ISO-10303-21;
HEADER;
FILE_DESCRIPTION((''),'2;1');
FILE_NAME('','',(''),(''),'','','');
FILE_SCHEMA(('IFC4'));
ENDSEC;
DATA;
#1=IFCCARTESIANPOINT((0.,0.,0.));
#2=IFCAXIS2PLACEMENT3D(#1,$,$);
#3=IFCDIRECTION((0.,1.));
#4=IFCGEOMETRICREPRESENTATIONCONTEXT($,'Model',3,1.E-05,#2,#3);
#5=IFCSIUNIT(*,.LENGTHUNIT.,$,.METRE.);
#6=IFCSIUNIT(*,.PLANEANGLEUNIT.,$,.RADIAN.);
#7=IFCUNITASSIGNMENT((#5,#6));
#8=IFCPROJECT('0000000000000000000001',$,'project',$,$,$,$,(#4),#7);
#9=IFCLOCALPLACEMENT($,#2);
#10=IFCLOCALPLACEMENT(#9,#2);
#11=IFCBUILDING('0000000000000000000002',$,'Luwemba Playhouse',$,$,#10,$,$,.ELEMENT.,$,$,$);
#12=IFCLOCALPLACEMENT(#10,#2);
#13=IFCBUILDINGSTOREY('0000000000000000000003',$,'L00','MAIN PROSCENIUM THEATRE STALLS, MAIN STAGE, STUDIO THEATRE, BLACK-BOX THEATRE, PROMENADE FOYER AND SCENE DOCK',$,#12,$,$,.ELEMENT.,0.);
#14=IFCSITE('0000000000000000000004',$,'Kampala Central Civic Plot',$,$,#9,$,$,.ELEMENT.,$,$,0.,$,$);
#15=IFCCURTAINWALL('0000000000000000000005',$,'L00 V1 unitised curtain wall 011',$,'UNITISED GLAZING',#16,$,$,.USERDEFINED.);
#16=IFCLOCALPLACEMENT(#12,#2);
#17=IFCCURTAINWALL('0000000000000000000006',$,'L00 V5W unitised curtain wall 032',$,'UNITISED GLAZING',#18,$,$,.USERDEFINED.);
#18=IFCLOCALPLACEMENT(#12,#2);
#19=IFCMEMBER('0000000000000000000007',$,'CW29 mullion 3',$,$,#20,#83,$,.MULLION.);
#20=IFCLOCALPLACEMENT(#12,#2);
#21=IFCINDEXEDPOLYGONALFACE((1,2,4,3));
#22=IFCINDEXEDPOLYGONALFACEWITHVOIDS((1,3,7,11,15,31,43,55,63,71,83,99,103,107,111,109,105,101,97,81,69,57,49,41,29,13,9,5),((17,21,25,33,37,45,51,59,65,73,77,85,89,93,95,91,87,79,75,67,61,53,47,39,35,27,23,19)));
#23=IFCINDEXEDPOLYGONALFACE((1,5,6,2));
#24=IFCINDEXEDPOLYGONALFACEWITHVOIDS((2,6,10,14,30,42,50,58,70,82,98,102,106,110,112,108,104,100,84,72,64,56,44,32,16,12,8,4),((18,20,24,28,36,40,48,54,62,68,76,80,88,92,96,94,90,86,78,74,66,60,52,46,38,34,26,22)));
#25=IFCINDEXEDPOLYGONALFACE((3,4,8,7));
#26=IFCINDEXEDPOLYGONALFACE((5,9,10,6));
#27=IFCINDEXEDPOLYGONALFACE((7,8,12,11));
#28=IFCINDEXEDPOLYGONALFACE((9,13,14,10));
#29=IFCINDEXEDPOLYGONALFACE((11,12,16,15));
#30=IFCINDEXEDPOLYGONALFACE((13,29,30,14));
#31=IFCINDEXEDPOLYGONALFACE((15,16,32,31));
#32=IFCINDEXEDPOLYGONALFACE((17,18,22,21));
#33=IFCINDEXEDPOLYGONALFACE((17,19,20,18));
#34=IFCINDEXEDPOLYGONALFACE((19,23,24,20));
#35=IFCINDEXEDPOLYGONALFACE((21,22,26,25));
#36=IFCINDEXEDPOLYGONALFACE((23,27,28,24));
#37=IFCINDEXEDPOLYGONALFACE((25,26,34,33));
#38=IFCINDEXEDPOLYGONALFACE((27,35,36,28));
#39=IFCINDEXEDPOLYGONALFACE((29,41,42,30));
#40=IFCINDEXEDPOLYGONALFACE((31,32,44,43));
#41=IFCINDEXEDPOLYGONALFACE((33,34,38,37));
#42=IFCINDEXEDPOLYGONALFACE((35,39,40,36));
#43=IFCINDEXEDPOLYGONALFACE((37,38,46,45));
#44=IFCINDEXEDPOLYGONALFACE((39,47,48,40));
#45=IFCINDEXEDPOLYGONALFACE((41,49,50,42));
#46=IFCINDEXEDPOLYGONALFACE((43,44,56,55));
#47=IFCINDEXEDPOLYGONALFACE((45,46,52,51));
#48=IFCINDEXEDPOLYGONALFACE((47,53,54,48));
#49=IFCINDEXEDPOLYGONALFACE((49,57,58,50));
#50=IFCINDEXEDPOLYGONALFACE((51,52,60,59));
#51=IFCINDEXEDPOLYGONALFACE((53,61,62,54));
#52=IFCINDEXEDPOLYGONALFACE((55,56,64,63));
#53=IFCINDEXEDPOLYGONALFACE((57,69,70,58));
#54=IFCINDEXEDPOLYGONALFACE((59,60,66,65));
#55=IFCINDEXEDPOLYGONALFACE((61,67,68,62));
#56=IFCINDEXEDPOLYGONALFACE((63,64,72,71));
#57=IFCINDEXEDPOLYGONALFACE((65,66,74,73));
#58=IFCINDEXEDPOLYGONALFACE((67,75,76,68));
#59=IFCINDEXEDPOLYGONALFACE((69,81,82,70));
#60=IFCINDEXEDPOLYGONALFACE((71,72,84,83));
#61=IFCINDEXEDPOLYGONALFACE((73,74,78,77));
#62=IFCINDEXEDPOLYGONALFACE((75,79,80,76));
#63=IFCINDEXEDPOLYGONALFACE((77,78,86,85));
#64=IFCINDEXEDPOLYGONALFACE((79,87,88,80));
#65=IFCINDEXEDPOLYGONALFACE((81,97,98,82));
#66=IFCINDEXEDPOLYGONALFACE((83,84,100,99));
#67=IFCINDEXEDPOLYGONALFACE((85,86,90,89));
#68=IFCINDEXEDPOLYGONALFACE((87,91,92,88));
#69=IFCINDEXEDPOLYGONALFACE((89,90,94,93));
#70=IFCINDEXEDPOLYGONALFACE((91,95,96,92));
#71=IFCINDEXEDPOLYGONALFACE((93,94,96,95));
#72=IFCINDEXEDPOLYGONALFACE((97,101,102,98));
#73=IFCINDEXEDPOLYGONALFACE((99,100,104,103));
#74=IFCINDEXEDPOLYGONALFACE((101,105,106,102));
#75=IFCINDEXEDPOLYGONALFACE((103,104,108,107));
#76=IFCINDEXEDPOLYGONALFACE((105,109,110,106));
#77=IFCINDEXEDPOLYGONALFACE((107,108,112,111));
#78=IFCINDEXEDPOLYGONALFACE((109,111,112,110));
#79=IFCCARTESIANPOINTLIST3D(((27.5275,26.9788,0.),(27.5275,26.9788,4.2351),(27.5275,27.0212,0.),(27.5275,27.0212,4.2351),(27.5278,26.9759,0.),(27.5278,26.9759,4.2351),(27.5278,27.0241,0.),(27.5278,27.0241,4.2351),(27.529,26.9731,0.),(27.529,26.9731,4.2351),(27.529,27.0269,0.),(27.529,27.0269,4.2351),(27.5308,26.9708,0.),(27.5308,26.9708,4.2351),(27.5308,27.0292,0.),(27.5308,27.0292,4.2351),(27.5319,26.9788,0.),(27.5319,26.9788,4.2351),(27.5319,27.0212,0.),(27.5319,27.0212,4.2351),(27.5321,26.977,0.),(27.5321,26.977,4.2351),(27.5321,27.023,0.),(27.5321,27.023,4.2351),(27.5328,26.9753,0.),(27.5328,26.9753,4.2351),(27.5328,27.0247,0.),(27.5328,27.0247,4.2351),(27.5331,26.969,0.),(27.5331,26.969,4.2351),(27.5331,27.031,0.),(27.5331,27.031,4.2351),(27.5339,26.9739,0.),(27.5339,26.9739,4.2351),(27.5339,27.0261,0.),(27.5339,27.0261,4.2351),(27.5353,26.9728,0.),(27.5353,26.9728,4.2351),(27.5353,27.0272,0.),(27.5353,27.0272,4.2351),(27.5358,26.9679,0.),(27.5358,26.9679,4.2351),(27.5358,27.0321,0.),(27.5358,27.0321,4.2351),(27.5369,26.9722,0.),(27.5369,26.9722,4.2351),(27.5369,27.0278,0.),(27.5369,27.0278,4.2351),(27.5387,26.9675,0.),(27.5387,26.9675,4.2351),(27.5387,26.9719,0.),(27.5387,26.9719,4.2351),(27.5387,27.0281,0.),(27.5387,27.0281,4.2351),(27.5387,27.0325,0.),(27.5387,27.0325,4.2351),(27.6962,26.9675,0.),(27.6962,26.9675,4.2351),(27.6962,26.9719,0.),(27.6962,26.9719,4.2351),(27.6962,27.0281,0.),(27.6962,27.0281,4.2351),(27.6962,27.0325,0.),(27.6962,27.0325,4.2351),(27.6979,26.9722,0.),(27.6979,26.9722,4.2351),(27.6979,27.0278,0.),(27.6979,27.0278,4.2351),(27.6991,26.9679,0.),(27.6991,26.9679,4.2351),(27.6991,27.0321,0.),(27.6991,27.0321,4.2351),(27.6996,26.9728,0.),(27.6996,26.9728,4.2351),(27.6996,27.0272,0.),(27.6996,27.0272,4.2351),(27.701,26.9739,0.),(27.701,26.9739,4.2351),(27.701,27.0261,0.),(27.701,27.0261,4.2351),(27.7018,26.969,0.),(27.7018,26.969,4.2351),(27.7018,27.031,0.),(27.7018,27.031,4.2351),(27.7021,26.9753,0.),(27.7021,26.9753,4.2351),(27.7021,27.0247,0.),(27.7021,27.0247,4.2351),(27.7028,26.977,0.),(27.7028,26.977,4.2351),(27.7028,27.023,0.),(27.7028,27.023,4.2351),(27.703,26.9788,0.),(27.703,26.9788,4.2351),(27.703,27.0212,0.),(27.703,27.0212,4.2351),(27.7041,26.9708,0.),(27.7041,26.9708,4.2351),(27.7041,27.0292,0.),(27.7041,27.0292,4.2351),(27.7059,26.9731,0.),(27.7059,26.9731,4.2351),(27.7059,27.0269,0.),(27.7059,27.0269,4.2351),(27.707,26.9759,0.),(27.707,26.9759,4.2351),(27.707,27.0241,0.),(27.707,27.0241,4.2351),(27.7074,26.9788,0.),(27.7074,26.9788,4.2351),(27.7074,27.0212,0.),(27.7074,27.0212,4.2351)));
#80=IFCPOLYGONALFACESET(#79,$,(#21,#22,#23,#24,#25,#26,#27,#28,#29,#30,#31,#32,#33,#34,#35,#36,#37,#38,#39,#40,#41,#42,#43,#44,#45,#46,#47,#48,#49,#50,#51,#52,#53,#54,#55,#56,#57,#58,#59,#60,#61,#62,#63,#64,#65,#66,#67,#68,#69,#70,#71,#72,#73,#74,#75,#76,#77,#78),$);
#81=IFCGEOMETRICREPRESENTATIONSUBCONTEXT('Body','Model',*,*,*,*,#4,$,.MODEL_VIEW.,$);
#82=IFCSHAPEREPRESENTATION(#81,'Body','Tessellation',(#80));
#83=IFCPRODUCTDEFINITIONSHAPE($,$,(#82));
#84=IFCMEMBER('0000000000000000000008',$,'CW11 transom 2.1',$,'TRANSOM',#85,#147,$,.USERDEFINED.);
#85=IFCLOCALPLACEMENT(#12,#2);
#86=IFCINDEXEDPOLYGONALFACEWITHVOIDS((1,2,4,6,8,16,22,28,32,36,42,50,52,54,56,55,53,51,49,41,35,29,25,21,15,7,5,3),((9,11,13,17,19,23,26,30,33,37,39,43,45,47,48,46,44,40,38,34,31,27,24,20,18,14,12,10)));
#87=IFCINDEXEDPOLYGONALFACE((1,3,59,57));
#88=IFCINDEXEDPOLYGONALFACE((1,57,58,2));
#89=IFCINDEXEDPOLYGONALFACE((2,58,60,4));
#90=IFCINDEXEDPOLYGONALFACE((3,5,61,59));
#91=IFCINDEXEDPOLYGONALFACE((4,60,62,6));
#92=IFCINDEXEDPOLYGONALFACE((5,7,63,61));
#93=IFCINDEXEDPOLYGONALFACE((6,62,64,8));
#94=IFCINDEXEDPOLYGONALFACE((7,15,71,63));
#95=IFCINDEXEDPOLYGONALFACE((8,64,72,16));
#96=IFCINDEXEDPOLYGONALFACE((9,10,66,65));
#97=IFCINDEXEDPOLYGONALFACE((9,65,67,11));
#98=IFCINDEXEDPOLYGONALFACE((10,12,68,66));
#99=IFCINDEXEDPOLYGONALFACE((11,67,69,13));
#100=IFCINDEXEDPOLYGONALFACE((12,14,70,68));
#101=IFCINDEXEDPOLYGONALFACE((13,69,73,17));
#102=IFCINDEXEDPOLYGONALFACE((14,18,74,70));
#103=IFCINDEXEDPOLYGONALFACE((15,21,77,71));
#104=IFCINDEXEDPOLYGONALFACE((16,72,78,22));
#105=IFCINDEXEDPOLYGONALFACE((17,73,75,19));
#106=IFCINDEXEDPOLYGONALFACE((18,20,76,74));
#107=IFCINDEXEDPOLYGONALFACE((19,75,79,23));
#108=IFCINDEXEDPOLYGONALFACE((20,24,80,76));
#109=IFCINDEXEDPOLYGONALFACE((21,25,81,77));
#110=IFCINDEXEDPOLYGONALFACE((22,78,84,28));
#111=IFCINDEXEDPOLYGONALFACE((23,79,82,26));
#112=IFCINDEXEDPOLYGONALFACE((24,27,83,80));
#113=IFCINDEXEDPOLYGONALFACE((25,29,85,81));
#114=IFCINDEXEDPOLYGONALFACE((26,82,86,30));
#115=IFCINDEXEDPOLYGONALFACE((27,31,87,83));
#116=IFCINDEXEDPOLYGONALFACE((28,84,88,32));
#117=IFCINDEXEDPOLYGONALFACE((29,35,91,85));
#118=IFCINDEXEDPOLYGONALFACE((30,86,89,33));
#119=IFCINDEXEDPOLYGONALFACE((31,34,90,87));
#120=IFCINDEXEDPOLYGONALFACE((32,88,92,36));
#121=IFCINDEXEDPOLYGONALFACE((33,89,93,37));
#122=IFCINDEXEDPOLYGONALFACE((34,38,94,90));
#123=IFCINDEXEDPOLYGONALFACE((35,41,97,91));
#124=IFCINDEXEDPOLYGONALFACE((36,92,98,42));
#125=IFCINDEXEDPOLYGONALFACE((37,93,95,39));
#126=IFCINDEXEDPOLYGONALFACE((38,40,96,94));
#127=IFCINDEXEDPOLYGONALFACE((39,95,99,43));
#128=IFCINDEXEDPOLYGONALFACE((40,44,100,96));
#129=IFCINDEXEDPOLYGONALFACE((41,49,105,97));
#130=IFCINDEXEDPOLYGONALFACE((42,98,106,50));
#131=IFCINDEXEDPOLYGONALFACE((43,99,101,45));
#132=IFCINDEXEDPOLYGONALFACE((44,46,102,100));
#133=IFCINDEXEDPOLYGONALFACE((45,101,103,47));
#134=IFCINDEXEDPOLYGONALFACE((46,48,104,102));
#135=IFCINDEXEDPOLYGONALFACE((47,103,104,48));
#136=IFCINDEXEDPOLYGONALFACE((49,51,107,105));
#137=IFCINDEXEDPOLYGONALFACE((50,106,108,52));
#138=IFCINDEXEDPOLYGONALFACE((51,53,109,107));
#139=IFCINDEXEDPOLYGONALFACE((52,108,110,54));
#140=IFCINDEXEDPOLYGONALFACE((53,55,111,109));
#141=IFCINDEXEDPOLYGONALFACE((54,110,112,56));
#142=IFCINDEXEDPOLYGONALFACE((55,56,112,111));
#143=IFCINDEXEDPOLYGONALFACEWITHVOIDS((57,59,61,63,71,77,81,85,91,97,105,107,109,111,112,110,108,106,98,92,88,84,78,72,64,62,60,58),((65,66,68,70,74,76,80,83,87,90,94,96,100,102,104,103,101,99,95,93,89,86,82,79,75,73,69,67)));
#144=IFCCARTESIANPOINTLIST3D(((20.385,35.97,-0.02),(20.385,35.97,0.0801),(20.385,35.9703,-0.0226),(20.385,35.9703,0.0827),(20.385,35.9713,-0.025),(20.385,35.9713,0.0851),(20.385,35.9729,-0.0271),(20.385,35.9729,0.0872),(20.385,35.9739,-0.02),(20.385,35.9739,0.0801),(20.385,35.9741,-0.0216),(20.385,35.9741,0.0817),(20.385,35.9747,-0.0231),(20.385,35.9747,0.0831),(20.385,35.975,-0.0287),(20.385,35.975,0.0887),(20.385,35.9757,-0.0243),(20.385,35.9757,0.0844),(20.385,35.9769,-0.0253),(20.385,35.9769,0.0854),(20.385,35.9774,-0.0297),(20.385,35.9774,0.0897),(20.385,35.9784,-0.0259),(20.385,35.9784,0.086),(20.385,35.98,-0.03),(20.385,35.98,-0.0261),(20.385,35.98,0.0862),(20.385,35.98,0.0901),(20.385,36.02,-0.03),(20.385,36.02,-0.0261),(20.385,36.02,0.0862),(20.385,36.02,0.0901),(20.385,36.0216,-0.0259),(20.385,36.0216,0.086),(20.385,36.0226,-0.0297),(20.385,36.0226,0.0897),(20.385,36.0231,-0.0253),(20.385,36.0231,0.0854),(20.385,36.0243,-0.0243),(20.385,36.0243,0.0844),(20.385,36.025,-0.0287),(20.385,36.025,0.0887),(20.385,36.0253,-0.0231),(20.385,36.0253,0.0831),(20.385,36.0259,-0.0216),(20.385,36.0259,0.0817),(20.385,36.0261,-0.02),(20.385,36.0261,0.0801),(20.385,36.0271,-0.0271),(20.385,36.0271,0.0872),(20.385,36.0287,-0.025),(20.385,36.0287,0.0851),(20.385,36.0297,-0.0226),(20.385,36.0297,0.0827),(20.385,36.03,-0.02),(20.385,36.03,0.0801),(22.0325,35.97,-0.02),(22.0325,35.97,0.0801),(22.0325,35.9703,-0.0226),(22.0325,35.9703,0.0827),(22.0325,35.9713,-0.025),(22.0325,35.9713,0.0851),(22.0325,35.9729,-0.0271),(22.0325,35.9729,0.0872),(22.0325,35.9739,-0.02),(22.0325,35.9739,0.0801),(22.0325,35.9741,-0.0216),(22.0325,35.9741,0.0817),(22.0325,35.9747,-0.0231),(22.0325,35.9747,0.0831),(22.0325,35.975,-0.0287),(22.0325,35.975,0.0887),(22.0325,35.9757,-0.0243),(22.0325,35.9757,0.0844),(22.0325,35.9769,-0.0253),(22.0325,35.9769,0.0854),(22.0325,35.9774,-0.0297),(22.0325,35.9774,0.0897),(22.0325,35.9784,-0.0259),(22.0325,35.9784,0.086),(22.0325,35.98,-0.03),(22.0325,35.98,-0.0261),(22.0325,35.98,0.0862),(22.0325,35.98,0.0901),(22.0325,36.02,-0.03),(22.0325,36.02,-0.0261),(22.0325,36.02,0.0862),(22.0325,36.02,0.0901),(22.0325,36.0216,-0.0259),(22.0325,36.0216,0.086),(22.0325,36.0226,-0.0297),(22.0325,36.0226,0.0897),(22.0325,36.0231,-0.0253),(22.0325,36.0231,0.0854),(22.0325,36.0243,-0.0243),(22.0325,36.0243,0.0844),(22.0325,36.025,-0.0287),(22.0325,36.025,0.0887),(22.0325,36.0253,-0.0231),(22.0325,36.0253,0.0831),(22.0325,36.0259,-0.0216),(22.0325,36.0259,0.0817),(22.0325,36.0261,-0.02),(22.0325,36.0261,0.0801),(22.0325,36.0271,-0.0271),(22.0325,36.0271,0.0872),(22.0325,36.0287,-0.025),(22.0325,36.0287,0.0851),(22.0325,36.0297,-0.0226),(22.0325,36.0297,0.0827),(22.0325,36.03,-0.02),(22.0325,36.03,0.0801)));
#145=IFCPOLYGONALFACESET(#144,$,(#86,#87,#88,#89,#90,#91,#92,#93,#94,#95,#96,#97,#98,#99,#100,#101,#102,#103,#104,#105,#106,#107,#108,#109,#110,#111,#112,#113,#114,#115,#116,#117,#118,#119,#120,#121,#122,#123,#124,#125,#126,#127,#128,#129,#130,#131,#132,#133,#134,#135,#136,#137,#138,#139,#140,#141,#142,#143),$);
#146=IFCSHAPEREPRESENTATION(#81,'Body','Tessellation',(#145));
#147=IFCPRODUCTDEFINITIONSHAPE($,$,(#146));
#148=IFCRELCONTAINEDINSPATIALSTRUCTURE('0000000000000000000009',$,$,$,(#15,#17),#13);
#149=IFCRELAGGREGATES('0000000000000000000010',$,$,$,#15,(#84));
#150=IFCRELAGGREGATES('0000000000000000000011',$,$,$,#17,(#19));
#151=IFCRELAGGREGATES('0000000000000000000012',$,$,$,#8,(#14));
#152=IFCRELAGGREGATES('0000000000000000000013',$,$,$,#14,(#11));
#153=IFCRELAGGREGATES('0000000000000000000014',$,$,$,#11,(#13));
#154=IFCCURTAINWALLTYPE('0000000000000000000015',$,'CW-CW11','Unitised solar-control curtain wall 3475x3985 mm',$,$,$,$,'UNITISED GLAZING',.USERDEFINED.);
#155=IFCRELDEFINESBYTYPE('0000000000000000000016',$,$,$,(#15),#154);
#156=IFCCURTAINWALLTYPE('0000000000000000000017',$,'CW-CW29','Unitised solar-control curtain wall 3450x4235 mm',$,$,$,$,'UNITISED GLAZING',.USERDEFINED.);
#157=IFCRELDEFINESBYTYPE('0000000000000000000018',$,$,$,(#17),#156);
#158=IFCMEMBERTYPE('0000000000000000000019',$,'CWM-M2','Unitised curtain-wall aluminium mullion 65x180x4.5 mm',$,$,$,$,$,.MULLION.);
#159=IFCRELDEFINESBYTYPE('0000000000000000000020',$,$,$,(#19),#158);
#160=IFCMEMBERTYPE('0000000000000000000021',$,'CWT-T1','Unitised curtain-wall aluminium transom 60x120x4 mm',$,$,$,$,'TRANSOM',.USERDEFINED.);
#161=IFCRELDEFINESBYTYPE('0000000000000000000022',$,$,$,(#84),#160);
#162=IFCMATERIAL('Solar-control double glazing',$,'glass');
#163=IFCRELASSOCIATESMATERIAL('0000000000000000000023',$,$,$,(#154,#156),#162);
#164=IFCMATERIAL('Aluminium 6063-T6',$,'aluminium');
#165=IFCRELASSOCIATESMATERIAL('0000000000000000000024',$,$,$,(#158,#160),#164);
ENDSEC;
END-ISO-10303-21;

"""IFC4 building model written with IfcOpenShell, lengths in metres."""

from ifc_helpers import new_model, si_unit, direction, frame, origin, origin_2d, place, context, subcontext, project, spatial, hollow_rectangle, extrude, material, material_profile, profile_set, type_object, element, aggregate, save


model = new_model("IFC4")

# Units and contexts
model_context = context("Model", 3, precision=1e-05, world=origin(), true_north=direction((0.0, 1.0)))
body_context = subcontext(model_context, "Body", "Model", "MODEL_VIEW")
ifc_project = project(units=[si_unit("LENGTHUNIT", "METRE"), si_unit("PLANEANGLEUNIT", "RADIAN")], contexts=[model_context])

# Site, building, storey
site_placement = place(None, origin())
site = spatial("IfcSite", under=ifc_project, at=site_placement, Name="Kampala Central Civic Plot", CompositionType="ELEMENT", RefElevation=0.0)
building_placement = place(site_placement, origin())
building = spatial("IfcBuilding", under=site, at=building_placement, Name="Luwemba Playhouse", CompositionType="ELEMENT")
storey_placement = place(building_placement, origin())
storey = spatial("IfcBuildingStorey", under=building, at=storey_placement, Name="L00", Description="MAIN PROSCENIUM THEATRE STALLS, MAIN STAGE, STUDIO THEATRE, BLACK-BOX THEATRE, PROMENADE FOYER AND SCENE DOCK", CompositionType="ELEMENT", Elevation=0.0)

# Curtain wall
ifc_material_1 = material(Name="Solar-control double glazing", Category="glass")
curtain_wall_type_1 = type_object("IfcCurtainWallType", Name="CW-CW11", Description="Unitised solar-control curtain wall 3475x3985 mm", ElementType="UNITISED GLAZING", PredefinedType="USERDEFINED", material=ifc_material_1)
curtain_wall_1_placement = place(storey_placement, origin())
curtain_wall_1 = element("IfcCurtainWall", 1, at=curtain_wall_1_placement, inside=storey, type_object=curtain_wall_type_1, Name="L00 V1 unitised curtain wall 011", ObjectType="UNITISED GLAZING", PredefinedType="USERDEFINED")
ifc_material_2 = material(Name="Aluminium 6063-T6", Category="aluminium")

# Curtain wall, member
curtain_wall_type_2 = type_object("IfcCurtainWallType", Name="CW-CW29", Description="Unitised solar-control curtain wall 3450x4235 mm", ElementType="UNITISED GLAZING", PredefinedType="USERDEFINED", material=ifc_material_1)
curtain_wall_2_placement = place(storey_placement, origin())
curtain_wall_2 = element("IfcCurtainWall", 2, at=curtain_wall_2_placement, inside=storey, type_object=curtain_wall_type_2, Name="L00 V5W unitised curtain wall 032", ObjectType="UNITISED GLAZING", PredefinedType="USERDEFINED")
ifc_material_profile_1 = material_profile(ifc_material_2, hollow_rectangle(XDim=0.0649, YDim=0.1799, WallThickness=0.0044, InnerFilletRadius=0.0068, OuterFilletRadius=0.0112, at=origin_2d()))
ifc_profile_set_1 = profile_set([ifc_material_profile_1], Name="Aluminium 6063-T6")
member_type_1 = type_object("IfcMemberType", Name="CWM-M2", Description="Unitised curtain-wall aluminium mullion 65x180x4.5 mm", PredefinedType="MULLION", material=ifc_profile_set_1)
member_1_placement = place(storey_placement, frame((27.6174, 27.0, 0.0), z_axis=(0.0, 0.0, 1.0), x_axis=(0.0, 1.0, 0.0)))
member_1 = element("IfcMember", 3, at=member_1_placement, type_object=member_type_1, Name="CW29 mullion 3", PredefinedType="MULLION", context=body_context, shape_type="SweptSolid", body=[
    extrude(hollow_rectangle(XDim=0.0649, YDim=0.1799, WallThickness=0.0044, InnerFilletRadius=0.0068, OuterFilletRadius=0.0112, at=origin_2d()), origin(), (0.0, 0.0, 1.0), 4.2351),
])

# Member
ifc_material_profile_2 = material_profile(ifc_material_2, hollow_rectangle(XDim=0.0601, YDim=0.1201, WallThickness=0.0039, InnerFilletRadius=0.0061, OuterFilletRadius=0.01, at=origin_2d()))
ifc_profile_set_2 = profile_set([ifc_material_profile_2], Name="Aluminium 6063-T6")
member_type_2 = type_object("IfcMemberType", Name="CWT-T1", Description="Unitised curtain-wall aluminium transom 60x120x4 mm", ElementType="TRANSOM", PredefinedType="USERDEFINED", material=ifc_profile_set_2)
member_2_placement = place(storey_placement, frame((22.0325, 36.0, 0.03), z_axis=(-1.0, 0.0, 0.0), x_axis=(0.0, -1.0, 0.0)))
member_2 = element("IfcMember", 4, at=member_2_placement, type_object=member_type_2, Name="CW11 transom 2.1", ObjectType="TRANSOM", PredefinedType="USERDEFINED", context=body_context, shape_type="SweptSolid", body=[
    extrude(hollow_rectangle(XDim=0.0601, YDim=0.1201, WallThickness=0.0039, InnerFilletRadius=0.0061, OuterFilletRadius=0.01, at=origin_2d()), origin(), (0.0, 0.0, 1.0), 1.6475),
])

aggregate(curtain_wall_1, [member_2])
aggregate(curtain_wall_2, [member_1])

save(model, "model.ifc")
